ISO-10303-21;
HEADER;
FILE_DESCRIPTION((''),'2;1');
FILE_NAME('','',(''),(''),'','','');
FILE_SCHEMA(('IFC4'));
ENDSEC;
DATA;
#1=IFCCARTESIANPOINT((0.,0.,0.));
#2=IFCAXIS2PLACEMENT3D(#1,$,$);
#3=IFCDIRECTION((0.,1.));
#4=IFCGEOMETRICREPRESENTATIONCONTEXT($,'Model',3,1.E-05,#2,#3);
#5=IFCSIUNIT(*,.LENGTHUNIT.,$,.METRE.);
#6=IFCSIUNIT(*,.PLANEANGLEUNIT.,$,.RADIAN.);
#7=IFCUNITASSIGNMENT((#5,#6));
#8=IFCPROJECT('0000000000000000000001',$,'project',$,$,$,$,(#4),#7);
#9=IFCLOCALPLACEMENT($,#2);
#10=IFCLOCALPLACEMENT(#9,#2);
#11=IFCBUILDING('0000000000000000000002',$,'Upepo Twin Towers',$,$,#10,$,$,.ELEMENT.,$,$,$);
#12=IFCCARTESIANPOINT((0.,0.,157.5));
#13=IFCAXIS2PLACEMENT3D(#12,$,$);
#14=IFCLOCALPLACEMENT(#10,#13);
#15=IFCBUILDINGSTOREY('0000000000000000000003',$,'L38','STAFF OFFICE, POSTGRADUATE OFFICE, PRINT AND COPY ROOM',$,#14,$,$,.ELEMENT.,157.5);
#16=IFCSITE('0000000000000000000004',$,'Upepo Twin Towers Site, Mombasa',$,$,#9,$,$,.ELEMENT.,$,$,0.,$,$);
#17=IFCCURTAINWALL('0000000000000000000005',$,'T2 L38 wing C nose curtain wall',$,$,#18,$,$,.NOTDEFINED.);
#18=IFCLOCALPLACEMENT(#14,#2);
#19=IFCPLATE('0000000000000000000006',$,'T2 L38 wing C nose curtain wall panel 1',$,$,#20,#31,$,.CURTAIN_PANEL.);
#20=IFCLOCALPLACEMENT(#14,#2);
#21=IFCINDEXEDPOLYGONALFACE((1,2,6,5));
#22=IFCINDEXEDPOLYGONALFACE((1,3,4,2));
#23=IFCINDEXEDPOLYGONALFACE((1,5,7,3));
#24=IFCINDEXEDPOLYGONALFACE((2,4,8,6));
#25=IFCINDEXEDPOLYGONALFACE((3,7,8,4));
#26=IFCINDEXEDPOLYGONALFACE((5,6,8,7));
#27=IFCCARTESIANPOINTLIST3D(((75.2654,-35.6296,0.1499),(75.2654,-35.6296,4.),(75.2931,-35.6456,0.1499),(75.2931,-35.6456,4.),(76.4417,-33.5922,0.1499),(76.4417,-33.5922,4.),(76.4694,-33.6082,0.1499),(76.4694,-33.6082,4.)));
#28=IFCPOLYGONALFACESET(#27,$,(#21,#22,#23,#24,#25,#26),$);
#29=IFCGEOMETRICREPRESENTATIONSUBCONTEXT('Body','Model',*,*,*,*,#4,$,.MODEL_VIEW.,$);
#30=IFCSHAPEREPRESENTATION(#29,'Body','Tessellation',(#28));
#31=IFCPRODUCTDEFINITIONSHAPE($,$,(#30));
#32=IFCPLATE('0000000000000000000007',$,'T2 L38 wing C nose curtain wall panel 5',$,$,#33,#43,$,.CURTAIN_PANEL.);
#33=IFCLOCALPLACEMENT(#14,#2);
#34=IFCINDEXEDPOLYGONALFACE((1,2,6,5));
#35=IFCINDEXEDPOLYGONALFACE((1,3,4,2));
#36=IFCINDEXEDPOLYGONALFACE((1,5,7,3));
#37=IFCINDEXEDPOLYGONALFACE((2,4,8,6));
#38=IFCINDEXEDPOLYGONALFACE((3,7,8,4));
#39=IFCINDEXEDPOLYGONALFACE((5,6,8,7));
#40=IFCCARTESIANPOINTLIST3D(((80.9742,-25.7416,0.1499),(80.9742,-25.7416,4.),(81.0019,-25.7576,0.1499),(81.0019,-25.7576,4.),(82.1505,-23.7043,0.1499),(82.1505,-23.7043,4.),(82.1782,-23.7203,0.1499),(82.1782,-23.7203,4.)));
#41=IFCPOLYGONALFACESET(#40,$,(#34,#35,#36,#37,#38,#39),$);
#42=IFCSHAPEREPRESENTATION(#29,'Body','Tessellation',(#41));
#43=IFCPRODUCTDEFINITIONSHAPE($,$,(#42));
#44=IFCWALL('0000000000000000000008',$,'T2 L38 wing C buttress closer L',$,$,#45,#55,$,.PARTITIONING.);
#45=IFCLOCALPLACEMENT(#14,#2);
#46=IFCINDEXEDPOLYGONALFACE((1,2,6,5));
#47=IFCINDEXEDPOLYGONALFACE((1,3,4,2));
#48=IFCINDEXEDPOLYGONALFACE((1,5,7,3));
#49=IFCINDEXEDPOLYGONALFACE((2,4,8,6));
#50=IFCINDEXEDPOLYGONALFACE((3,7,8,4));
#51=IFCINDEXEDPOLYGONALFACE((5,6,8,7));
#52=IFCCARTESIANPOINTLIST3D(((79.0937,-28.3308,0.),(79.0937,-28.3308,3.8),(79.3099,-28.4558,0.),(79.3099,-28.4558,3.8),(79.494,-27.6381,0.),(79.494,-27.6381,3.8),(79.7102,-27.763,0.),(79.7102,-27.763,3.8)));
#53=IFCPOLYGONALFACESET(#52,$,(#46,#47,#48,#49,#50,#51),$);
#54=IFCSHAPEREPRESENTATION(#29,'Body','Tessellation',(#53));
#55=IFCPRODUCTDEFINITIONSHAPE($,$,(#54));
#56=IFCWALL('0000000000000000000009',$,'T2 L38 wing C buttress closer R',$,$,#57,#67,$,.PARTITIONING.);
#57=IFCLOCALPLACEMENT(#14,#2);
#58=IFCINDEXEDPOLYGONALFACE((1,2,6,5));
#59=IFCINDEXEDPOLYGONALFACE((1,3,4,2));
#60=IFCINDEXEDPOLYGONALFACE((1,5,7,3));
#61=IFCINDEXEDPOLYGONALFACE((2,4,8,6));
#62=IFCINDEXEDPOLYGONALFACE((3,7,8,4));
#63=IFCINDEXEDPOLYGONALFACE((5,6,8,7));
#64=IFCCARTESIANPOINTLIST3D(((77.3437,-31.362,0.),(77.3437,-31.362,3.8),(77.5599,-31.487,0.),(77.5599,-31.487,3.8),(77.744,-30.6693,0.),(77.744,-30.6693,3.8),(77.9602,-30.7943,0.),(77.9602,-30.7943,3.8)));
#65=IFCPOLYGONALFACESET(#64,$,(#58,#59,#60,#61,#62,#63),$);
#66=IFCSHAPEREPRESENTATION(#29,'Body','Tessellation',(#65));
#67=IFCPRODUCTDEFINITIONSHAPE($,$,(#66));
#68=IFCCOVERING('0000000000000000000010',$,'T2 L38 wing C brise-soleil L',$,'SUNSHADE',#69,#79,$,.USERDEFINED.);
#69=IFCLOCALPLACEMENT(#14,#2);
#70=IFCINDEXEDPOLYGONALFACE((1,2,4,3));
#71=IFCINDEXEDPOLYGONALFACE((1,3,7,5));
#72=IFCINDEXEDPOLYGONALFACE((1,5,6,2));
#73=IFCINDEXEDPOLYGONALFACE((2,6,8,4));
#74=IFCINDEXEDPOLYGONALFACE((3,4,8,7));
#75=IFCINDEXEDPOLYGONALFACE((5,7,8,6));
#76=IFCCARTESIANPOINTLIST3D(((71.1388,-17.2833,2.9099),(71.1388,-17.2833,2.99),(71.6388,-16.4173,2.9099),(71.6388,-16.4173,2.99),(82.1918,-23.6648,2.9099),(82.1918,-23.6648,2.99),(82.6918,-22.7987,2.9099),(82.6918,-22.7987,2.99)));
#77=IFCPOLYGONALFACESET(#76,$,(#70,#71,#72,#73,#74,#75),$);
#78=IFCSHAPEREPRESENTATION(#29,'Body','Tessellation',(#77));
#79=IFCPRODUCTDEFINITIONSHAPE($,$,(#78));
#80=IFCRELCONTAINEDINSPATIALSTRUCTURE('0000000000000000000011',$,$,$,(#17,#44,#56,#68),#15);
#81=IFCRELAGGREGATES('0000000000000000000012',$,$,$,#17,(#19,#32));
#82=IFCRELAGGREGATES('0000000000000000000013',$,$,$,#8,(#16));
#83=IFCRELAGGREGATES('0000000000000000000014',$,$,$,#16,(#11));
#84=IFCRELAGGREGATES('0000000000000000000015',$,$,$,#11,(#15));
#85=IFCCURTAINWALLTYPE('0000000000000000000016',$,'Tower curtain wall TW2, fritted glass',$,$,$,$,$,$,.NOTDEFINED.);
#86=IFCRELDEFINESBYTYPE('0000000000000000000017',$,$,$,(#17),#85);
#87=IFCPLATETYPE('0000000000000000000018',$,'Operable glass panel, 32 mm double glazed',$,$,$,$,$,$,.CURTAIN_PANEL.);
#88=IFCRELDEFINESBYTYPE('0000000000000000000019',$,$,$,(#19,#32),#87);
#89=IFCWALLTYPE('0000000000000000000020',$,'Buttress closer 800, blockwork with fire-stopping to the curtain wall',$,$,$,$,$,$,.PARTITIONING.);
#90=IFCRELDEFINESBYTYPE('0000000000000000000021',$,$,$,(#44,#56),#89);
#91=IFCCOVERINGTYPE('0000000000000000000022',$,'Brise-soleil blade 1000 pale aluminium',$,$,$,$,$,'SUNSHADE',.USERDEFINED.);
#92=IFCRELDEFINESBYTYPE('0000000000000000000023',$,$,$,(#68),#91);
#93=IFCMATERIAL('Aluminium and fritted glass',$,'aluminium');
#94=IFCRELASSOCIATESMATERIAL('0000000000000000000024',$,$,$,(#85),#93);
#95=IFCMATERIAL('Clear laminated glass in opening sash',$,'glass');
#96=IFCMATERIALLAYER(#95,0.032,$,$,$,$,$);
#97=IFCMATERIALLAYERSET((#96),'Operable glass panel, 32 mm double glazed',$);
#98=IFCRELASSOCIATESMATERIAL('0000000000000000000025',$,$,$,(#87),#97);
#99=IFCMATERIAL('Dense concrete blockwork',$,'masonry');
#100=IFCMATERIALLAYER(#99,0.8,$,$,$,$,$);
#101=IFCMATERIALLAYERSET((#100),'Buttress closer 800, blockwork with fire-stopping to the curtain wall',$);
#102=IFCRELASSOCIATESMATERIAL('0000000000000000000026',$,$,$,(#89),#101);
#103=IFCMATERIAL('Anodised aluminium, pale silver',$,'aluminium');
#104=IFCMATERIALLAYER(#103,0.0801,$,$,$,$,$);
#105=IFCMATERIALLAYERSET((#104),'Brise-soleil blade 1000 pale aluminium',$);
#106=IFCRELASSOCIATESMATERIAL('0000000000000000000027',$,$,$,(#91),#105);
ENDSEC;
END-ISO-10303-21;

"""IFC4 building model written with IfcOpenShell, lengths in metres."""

from ifc_helpers import new_model, si_unit, direction, frame, frame_2d, origin, origin_2d, place, context, subcontext, project, spatial, rectangle, extrude, material, layer, layer_set, type_object, element, aggregate, save


model = new_model("IFC4")

# Units and contexts
model_context = context("Model", 3, precision=1e-05, world=origin(), true_north=direction((0.0, 1.0)))
body_context = subcontext(model_context, "Body", "Model", "MODEL_VIEW")
ifc_project = project(units=[si_unit("LENGTHUNIT", "METRE"), si_unit("PLANEANGLEUNIT", "RADIAN")], contexts=[model_context])

# Site, building, storey
site_placement = place(None, origin())
site = spatial("IfcSite", under=ifc_project, at=site_placement, Name="Upepo Twin Towers Site, Mombasa", CompositionType="ELEMENT", RefElevation=0.0)
building_placement = place(site_placement, origin())
building = spatial("IfcBuilding", under=site, at=building_placement, Name="Upepo Twin Towers", CompositionType="ELEMENT")
storey_placement = place(building_placement, frame((0.0, 0.0, 157.5)))
storey = spatial("IfcBuildingStorey", under=building, at=storey_placement, Name="L38", Description="STAFF OFFICE, POSTGRADUATE OFFICE, PRINT AND COPY ROOM", CompositionType="ELEMENT", Elevation=157.5)

# Shared definitions
ifc_material_1 = material(Name="Aluminium and fritted glass", Category="aluminium")
curtain_wall_type = type_object("IfcCurtainWallType", Name="Tower curtain wall TW2, fritted glass", PredefinedType="NOTDEFINED", material=ifc_material_1)

# Curtain wall
curtain_wall_1_placement = place(storey_placement, origin())
curtain_wall_1 = element("IfcCurtainWall", 1, at=curtain_wall_1_placement, inside=storey, type_object=curtain_wall_type, Name="T2 L38 wing C nose curtain wall", PredefinedType="NOTDEFINED")

# Plates
ifc_material_2 = material(Name="Clear laminated glass in opening sash", Category="glass")
ifc_layer_1 = layer(ifc_material_2, 0.032)
ifc_layer_set_1 = layer_set([ifc_layer_1], Name="Operable glass panel, 32 mm double glazed")
plate_type_1 = type_object("IfcPlateType", Name="Operable glass panel, 32 mm double glazed", PredefinedType="CURTAIN_PANEL", material=ifc_layer_set_1)
plate_1_placement = place(storey_placement, frame((75.8674, -34.6189, 0.1499), z_axis=(0.0, 0.0, 1.0), x_axis=(0.5, 0.866025, 0.0)))
plate_1 = element("IfcPlate", 2, at=plate_1_placement, type_object=plate_type_1, Name="T2 L38 wing C nose curtain wall panel 1", PredefinedType="CURTAIN_PANEL", context=body_context, shape_type="SweptSolid", body=[
    extrude(rectangle(XDim=2.3525, YDim=0.032, at=origin_2d()), origin(), (0.0, 0.0, 1.0), 3.8501),
])
plate_2_placement = place(storey_placement, frame((81.5762, -24.731, 0.1499), z_axis=(0.0, 0.0, 1.0), x_axis=(0.5, 0.866025, 0.0)))
plate_2 = element("IfcPlate", 3, at=plate_2_placement, type_object=plate_type_1, Name="T2 L38 wing C nose curtain wall panel 5", PredefinedType="CURTAIN_PANEL", context=body_context, shape_type="SweptSolid", body=[
    extrude(rectangle(XDim=2.3525, YDim=0.032, at=origin_2d()), origin(), (0.0, 0.0, 1.0), 3.8501),
])
aggregate(curtain_wall_1, [plate_1, plate_2])

# Walls
ifc_material_3 = material(Name="Dense concrete blockwork", Category="masonry")
ifc_layer_2 = layer(ifc_material_3, 0.8)
ifc_layer_set_2 = layer_set([ifc_layer_2], Name="Buttress closer 800, blockwork with fire-stopping to the curtain wall")
wall_type = type_object("IfcWallType", Name="Buttress closer 800, blockwork with fire-stopping to the curtain wall", PredefinedType="PARTITIONING", material=ifc_layer_set_2)
for number, where, z_axis, x_axis, name in (
    (4, (79.2937, -27.9844, 0.0), (0.0, 0.0, 1.0), (0.865827, -0.500343, 0.0), "T2 L38 wing C buttress closer L"),
    (5, (77.5437, -31.0156, 0.0), (0.0, 0.0, 1.0), (0.865827, -0.500343, 0.0), "T2 L38 wing C buttress closer R"),
):
    element("IfcWall", number, at=place(storey_placement, frame(where, z_axis=z_axis, x_axis=x_axis)), inside=storey, type_object=wall_type, Name=name, PredefinedType="PARTITIONING", context=body_context, shape_type="SweptSolid", body=[
        extrude(rectangle(XDim=0.2498, YDim=0.8, at=frame_2d((0.125, 0.0))), origin(), (0.0, 0.0, 1.0), 3.8),
    ])

# Covering
ifc_material_4 = material(Name="Anodised aluminium, pale silver", Category="aluminium")
ifc_layer_3 = layer(ifc_material_4, 0.0801)
ifc_layer_set_3 = layer_set([ifc_layer_3], Name="Brise-soleil blade 1000 pale aluminium")
covering_type = type_object("IfcCoveringType", Name="Brise-soleil blade 1000 pale aluminium", ElementType="SUNSHADE", PredefinedType="USERDEFINED", material=ifc_layer_set_3)
covering_placement = place(storey_placement, frame((76.9153, -20.041, 2.9099), z_axis=(0.0, 0.0, 1.0), x_axis=(0.866025, -0.5, 0.0)))
element("IfcCovering", 6, at=covering_placement, inside=storey, type_object=covering_type, Name="T2 L38 wing C brise-soleil L", ObjectType="SUNSHADE", PredefinedType="USERDEFINED", context=body_context, shape_type="SweptSolid", body=[
    extrude(rectangle(XDim=12.7629, YDim=1.0, at=origin_2d()), origin(), (0.0, 0.0, 1.0), 0.0801),
])

save(model, "model.ifc")
